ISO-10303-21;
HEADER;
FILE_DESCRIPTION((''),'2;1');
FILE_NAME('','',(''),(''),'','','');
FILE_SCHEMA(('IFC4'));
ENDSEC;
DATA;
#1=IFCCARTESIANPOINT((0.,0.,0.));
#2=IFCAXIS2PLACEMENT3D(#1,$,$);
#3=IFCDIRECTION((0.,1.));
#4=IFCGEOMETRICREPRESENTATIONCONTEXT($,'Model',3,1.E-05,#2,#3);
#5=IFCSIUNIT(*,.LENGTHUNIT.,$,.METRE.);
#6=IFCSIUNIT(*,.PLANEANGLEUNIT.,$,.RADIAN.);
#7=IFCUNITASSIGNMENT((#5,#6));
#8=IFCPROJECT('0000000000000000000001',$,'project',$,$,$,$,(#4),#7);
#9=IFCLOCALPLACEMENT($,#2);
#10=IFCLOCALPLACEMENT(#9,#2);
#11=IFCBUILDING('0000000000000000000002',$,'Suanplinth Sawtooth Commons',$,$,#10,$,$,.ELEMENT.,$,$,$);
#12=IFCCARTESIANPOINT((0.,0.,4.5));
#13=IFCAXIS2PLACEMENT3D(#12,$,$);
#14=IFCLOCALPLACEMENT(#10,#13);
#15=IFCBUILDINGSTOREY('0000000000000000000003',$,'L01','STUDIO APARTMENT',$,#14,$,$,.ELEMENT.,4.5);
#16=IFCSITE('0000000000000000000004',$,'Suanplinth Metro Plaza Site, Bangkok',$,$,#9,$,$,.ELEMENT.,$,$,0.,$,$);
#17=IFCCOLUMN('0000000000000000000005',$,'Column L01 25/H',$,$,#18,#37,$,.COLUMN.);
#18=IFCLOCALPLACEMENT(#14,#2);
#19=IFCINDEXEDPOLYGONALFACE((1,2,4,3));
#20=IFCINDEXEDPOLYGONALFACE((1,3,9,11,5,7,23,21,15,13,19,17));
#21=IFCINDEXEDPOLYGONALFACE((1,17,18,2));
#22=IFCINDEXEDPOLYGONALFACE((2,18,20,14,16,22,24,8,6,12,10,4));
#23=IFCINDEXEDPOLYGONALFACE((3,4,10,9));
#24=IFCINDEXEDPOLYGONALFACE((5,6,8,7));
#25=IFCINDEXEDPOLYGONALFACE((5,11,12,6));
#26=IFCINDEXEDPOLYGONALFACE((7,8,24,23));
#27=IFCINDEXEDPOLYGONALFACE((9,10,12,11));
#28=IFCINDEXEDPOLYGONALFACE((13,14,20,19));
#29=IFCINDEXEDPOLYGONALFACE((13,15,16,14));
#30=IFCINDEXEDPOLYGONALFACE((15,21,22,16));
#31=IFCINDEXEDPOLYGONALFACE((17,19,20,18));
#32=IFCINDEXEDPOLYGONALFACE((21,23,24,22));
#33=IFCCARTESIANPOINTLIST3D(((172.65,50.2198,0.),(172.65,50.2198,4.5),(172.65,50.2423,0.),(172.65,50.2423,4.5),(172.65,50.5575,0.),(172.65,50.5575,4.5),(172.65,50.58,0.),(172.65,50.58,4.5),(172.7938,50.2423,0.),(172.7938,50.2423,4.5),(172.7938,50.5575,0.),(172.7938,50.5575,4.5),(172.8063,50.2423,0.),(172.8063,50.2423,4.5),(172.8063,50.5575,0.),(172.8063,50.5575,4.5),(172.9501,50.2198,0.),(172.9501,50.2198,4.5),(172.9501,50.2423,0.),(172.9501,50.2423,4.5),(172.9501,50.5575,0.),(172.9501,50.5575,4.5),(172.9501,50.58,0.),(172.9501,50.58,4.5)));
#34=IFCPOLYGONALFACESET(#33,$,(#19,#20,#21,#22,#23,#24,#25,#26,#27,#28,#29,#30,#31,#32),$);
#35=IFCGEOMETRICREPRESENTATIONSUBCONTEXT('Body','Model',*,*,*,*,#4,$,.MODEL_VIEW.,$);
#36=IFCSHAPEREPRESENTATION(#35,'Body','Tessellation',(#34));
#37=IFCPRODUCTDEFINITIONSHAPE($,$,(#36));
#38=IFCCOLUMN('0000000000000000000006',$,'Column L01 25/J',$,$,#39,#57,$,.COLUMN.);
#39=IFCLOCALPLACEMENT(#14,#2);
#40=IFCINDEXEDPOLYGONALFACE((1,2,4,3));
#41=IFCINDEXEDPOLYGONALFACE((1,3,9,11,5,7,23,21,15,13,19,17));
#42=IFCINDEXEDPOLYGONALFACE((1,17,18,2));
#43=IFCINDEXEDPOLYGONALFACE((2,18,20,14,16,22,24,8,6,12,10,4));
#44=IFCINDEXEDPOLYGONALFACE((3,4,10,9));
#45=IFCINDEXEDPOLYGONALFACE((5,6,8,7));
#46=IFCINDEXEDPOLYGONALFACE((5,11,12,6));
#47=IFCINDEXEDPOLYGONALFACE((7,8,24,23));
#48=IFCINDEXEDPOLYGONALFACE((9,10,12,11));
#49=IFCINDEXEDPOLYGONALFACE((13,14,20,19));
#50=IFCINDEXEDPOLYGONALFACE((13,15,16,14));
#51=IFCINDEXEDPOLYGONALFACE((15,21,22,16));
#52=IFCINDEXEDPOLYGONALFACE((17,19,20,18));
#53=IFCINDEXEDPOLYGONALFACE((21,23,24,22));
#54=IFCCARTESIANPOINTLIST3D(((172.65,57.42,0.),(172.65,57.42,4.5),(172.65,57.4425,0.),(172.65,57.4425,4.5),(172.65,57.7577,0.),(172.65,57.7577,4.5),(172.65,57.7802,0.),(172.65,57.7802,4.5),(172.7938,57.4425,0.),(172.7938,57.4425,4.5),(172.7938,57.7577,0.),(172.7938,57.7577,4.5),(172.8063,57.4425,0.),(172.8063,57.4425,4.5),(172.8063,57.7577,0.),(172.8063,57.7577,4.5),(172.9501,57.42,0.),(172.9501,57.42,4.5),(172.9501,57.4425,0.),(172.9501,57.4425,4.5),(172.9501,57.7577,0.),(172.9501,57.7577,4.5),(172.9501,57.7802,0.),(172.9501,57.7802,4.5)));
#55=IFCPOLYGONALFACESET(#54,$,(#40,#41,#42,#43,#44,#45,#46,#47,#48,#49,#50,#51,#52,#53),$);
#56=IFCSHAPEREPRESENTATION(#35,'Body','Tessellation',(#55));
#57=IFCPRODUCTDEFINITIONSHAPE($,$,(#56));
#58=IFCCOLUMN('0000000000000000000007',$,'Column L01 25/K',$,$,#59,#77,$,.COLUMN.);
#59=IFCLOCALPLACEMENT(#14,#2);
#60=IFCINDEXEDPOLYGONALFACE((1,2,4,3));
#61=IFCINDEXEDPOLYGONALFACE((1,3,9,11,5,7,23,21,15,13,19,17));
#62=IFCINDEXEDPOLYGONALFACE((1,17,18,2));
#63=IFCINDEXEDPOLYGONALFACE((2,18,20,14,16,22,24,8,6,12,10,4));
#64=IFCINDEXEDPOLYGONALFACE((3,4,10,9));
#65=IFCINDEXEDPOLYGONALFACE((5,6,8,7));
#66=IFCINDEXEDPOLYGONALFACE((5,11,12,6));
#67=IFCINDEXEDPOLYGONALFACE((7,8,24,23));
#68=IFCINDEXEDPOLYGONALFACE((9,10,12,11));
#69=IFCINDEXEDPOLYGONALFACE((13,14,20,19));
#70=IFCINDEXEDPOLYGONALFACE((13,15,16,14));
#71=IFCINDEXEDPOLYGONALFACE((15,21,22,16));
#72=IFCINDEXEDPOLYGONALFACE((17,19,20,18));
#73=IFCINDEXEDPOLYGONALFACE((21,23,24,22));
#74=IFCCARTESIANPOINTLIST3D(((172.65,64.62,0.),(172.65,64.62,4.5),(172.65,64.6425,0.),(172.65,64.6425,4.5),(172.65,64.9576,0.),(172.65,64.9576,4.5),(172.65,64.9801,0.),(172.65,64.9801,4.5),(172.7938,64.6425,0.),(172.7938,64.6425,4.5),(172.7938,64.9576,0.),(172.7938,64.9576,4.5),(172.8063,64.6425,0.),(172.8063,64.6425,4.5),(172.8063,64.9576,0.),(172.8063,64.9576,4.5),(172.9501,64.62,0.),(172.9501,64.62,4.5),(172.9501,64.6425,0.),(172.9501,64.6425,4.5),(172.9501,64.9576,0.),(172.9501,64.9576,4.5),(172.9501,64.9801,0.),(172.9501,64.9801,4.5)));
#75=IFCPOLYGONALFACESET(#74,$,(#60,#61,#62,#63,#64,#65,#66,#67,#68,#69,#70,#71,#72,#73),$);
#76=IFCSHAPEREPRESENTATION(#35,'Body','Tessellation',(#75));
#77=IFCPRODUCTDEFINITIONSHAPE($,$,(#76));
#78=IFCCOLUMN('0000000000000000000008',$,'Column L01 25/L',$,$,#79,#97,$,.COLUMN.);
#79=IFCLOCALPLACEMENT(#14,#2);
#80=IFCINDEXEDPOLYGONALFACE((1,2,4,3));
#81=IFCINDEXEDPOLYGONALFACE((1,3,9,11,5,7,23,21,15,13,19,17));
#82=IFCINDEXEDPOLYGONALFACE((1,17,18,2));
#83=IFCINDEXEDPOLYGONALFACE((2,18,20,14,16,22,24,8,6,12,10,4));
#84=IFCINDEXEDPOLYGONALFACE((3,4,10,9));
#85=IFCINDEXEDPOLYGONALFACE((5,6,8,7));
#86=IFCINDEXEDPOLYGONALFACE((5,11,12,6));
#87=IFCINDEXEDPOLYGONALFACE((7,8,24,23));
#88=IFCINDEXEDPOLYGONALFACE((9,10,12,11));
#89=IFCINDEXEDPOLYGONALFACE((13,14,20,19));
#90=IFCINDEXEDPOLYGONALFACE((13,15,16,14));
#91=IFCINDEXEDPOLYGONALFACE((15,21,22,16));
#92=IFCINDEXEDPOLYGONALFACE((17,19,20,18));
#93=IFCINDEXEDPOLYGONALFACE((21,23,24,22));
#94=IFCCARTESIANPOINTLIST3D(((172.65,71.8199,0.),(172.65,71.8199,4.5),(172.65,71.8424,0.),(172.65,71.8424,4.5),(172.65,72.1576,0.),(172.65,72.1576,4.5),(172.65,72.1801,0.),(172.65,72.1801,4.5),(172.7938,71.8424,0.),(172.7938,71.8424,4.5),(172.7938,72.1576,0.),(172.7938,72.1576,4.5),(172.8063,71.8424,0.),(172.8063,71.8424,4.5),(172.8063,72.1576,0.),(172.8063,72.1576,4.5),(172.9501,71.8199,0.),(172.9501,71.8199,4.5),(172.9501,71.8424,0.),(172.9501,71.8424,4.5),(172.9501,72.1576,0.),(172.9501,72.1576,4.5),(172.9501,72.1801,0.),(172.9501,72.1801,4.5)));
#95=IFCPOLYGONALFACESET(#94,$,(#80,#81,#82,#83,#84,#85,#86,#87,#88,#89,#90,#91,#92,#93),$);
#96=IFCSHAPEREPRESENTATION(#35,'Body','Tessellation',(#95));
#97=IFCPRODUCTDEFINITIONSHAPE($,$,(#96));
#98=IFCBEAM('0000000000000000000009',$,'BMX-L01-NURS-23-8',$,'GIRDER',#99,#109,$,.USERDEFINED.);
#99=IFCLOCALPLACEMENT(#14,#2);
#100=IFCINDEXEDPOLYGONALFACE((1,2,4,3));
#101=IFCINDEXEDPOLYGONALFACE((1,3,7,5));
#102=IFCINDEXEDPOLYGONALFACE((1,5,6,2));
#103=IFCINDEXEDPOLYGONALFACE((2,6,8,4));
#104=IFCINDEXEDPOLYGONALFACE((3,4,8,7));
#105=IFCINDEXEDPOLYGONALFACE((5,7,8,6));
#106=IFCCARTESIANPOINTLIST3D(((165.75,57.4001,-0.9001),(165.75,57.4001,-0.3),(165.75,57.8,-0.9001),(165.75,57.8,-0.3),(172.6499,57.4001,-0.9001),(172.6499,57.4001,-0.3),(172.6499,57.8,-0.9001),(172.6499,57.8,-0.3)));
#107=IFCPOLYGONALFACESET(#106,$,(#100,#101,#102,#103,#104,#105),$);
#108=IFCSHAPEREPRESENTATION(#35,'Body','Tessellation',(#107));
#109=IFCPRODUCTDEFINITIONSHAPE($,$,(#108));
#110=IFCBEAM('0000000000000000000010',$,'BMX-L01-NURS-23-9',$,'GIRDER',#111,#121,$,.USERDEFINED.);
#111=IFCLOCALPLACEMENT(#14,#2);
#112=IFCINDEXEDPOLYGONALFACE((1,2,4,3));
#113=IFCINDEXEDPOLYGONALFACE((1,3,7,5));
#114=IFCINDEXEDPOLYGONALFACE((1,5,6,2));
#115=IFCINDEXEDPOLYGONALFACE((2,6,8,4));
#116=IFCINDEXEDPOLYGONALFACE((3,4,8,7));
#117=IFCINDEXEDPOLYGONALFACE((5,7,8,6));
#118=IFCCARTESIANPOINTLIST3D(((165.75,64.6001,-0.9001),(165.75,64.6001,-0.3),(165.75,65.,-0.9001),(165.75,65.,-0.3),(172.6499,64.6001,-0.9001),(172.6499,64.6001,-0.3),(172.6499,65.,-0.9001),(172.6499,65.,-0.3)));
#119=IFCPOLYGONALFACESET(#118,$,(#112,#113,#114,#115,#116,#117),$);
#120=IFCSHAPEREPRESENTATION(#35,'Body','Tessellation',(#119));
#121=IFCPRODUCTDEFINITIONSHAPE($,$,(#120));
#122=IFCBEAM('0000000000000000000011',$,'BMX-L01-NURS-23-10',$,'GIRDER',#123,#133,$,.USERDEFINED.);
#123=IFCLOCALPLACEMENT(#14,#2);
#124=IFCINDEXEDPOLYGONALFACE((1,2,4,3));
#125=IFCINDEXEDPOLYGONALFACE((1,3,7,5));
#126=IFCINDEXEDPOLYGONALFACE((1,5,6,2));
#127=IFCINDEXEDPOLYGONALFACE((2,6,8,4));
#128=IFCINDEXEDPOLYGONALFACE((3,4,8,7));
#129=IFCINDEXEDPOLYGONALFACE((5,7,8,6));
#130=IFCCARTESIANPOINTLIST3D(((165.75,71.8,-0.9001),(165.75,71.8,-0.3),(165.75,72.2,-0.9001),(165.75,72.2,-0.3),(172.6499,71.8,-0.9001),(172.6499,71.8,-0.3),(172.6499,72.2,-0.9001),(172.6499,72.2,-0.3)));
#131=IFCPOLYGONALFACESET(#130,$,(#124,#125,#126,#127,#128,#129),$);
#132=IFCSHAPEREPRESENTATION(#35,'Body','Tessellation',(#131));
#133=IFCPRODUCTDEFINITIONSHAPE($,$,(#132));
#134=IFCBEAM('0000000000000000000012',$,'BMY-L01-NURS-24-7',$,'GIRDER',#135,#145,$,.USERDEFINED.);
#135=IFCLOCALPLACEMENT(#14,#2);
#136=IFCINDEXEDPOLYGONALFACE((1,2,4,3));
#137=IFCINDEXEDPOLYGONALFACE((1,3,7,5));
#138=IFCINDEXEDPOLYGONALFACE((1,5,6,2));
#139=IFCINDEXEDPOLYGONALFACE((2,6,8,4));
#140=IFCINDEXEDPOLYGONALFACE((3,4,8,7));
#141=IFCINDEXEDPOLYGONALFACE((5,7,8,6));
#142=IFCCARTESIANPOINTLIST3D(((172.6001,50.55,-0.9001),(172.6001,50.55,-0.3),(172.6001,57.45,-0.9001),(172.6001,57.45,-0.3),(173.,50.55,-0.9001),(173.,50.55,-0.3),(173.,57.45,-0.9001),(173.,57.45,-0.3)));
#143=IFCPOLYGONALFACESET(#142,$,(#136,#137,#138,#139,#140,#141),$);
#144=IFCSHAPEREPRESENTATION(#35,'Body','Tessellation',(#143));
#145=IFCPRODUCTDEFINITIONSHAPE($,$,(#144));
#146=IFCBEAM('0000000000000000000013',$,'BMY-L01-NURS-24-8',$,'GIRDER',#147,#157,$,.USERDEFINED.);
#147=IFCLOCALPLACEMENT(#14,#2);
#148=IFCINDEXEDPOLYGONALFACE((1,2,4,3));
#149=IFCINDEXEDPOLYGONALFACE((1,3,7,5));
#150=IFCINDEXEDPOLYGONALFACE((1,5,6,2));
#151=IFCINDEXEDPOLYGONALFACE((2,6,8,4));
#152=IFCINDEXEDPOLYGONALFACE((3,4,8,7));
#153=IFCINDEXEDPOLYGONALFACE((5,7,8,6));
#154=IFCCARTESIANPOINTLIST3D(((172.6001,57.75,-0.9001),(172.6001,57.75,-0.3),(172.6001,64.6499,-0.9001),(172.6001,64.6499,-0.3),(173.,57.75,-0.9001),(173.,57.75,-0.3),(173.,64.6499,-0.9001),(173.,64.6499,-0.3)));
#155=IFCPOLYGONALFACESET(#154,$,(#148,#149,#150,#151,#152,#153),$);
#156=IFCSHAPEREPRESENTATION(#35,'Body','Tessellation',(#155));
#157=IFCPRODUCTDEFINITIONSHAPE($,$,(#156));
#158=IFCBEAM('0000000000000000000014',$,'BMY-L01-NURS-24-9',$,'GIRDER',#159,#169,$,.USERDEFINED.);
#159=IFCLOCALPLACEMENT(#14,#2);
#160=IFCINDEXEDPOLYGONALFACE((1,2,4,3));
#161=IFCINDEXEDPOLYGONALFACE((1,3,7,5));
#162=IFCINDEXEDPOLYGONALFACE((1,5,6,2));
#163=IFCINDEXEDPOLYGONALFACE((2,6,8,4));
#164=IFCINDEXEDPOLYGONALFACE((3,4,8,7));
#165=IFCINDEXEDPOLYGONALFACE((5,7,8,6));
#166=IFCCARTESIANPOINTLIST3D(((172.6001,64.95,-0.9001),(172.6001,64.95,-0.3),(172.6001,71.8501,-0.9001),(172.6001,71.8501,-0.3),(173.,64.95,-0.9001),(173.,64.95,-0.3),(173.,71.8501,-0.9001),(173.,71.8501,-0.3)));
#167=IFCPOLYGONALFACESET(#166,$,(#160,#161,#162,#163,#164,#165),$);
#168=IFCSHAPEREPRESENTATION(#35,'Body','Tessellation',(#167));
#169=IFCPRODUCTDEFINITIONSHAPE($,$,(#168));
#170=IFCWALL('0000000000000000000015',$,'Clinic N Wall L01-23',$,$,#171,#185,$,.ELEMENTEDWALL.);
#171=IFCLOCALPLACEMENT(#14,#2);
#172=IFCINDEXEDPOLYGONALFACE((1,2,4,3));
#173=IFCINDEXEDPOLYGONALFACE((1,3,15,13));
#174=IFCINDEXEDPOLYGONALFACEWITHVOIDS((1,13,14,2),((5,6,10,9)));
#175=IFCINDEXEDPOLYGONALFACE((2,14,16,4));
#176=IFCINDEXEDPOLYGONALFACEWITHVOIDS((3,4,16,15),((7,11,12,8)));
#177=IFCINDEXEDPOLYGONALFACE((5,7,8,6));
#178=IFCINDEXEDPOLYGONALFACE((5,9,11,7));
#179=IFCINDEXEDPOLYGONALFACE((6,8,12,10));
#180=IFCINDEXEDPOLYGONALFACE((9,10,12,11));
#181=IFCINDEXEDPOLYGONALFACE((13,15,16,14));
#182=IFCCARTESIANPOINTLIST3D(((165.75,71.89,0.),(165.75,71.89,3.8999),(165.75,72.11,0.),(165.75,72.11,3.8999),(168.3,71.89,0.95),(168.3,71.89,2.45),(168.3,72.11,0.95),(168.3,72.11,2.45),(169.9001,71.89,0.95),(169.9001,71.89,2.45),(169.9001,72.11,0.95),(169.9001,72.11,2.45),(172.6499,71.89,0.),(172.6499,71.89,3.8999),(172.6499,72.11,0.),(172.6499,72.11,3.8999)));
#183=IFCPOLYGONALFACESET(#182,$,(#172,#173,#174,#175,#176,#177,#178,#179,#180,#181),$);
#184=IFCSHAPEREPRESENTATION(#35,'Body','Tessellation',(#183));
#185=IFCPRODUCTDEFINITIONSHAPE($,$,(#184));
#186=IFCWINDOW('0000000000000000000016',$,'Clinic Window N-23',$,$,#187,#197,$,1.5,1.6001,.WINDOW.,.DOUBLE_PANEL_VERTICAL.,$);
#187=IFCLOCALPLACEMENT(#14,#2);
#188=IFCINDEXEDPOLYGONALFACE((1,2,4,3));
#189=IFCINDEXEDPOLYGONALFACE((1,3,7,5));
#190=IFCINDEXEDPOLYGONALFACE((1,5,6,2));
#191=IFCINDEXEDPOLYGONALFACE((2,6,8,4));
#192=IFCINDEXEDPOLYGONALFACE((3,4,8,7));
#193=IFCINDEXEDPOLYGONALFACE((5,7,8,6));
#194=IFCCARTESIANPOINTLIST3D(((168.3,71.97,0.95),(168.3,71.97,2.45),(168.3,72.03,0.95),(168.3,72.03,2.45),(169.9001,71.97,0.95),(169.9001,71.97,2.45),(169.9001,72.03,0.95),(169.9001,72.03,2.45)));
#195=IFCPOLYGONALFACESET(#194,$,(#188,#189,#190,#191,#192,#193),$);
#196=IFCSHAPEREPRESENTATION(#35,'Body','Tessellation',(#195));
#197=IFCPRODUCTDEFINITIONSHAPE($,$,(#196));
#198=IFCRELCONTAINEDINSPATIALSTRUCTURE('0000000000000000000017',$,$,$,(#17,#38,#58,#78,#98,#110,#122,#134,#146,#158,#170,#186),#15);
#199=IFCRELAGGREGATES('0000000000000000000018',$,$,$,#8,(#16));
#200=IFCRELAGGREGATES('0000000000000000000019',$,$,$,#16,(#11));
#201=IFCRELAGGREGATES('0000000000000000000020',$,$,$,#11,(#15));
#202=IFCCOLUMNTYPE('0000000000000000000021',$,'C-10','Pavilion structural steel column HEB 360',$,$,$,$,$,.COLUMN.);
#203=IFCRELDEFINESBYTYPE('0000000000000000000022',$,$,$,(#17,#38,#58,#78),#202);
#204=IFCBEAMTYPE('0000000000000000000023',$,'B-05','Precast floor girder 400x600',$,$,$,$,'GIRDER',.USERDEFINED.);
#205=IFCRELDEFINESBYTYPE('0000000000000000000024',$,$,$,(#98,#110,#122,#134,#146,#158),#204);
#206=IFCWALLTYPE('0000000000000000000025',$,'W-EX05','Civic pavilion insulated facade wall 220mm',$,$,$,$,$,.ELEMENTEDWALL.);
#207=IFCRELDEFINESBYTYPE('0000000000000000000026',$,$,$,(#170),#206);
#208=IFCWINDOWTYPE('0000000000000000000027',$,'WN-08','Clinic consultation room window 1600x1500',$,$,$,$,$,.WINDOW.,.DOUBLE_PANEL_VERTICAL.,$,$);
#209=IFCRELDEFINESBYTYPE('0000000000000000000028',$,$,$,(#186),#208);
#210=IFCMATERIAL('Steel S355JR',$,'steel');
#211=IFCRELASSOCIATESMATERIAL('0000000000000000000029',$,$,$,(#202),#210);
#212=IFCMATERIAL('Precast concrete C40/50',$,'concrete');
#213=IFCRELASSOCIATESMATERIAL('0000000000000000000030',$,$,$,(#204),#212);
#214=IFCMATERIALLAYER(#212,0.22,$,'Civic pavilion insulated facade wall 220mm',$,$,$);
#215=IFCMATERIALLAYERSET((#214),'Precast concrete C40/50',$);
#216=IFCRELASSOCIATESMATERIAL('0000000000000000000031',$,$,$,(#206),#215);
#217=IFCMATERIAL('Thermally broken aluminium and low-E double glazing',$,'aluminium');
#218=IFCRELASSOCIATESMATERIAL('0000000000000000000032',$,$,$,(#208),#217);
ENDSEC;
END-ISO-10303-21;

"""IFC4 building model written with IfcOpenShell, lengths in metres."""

from ifc_helpers import new_model, si_unit, direction, frame, frame_2d, origin, origin_2d, place, context, subcontext, project, spatial, rectangle, i_section, extrude, material, layer, layer_set, material_profile, profile_set, type_object, element, fill, save


model = new_model("IFC4")

# Units and contexts
model_context = context("Model", 3, precision=1e-05, world=origin(), true_north=direction((0.0, 1.0)))
body_context = subcontext(model_context, "Body", "Model", "MODEL_VIEW")
ifc_project = project(units=[si_unit("LENGTHUNIT", "METRE"), si_unit("PLANEANGLEUNIT", "RADIAN")], contexts=[model_context])

# Site, building, storey
site_placement = place(None, origin())
site = spatial("IfcSite", under=ifc_project, at=site_placement, Name="Suanplinth Metro Plaza Site, Bangkok", CompositionType="ELEMENT", RefElevation=0.0)
building_placement = place(site_placement, origin())
building = spatial("IfcBuilding", under=site, at=building_placement, Name="Suanplinth Sawtooth Commons", CompositionType="ELEMENT")
storey_placement = place(building_placement, frame((0.0, 0.0, 4.5)))
storey = spatial("IfcBuildingStorey", under=building, at=storey_placement, Name="L01", Description="STUDIO APARTMENT", CompositionType="ELEMENT", Elevation=4.5)

# Columns
ifc_material_1 = material(Name="Steel S355JR", Category="steel")
ifc_material_profile_1 = material_profile(ifc_material_1, i_section(OverallWidth=0.3, OverallDepth=0.3601, WebThickness=0.0125, FlangeThickness=0.0225, at=origin_2d()), Name="HEB 360")
ifc_profile_set_1 = profile_set([ifc_material_profile_1], Name="Steel S355JR")
column_type = type_object("IfcColumnType", Name="C-10", Description="Pavilion structural steel column HEB 360", PredefinedType="COLUMN", material=ifc_profile_set_1)
for number, where, z_axis, x_axis, name in (
    (1, (172.8, 50.3999, 0.0), (0.0, 0.0, 1.0), (1.0, 0.0, 0.0), "Column L01 25/H"),
    (2, (172.8, 57.6001, 0.0), (0.0, 0.0, 1.0), (1.0, 0.0, 0.0), "Column L01 25/J"),
    (3, (172.8, 64.8, 0.0), (0.0, 0.0, 1.0), (1.0, 0.0, 0.0), "Column L01 25/K"),
    (4, (172.8, 72.0, 0.0), (0.0, 0.0, 1.0), (1.0, 0.0, 0.0), "Column L01 25/L"),
):
    element("IfcColumn", number, at=place(storey_placement, frame(where, z_axis=z_axis, x_axis=x_axis)), inside=storey, type_object=column_type, Name=name, PredefinedType="COLUMN", context=body_context, shape_type="SweptSolid", body=[
        extrude(i_section(OverallWidth=0.3, OverallDepth=0.3601, WebThickness=0.0125, FlangeThickness=0.0225, at=origin_2d()), origin(), (0.0, 0.0, 1.0), 4.5),
    ])

# Beams
ifc_material_2 = material(Name="Precast concrete C40/50", Category="concrete")
ifc_material_profile_2 = material_profile(ifc_material_2, rectangle(XDim=0.3999, YDim=0.6001, at=origin_2d()), Name="PC-GDR 400x600")
ifc_profile_set_2 = profile_set([ifc_material_profile_2], Name="Precast concrete C40/50")
beam_type = type_object("IfcBeamType", Name="B-05", Description="Precast floor girder 400x600", ElementType="GIRDER", PredefinedType="USERDEFINED", material=ifc_profile_set_2)
for number, where, z_axis, x_axis, name in (
    (5, (165.75, 57.6001, -0.6001), (1.0, 0.0, 0.0), (0.0, 1.0, 0.0), "BMX-L01-NURS-23-8"),
    (6, (165.75, 64.8, -0.6001), (1.0, 0.0, 0.0), (0.0, 1.0, 0.0), "BMX-L01-NURS-23-9"),
    (7, (165.75, 72.0, -0.6001), (1.0, 0.0, 0.0), (0.0, 1.0, 0.0), "BMX-L01-NURS-23-10"),
    (8, (172.8, 50.55, -0.6001), (0.0, 1.0, 0.0), (-1.0, 0.0, 0.0), "BMY-L01-NURS-24-7"),
    (9, (172.8, 57.75, -0.6001), (0.0, 1.0, 0.0), (-1.0, 0.0, 0.0), "BMY-L01-NURS-24-8"),
):
    element("IfcBeam", number, at=place(storey_placement, frame(where, z_axis=z_axis, x_axis=x_axis)), inside=storey, type_object=beam_type, Name=name, ObjectType="GIRDER", PredefinedType="USERDEFINED", context=body_context, shape_type="SweptSolid", body=[
        extrude(rectangle(XDim=0.3999, YDim=0.6001, at=origin_2d()), origin(), (0.0, 0.0, 1.0), 6.8999),
    ])
beam_placement = place(storey_placement, frame((172.8, 64.95, -0.6001), z_axis=(0.0, 1.0, 0.0), x_axis=(-1.0, 0.0, 0.0)))
element("IfcBeam", 10, at=beam_placement, inside=storey, type_object=beam_type, Name="BMY-L01-NURS-24-9", ObjectType="GIRDER", PredefinedType="USERDEFINED", context=body_context, shape_type="SweptSolid", body=[
    extrude(rectangle(XDim=0.3999, YDim=0.6001, at=origin_2d()), origin(), (0.0, 0.0, 1.0), 6.9001),
])

# Wall, opening, window
ifc_layer_1 = layer(ifc_material_2, 0.22, Name="Civic pavilion insulated facade wall 220mm")
ifc_layer_set_1 = layer_set([ifc_layer_1], Name="Precast concrete C40/50")
wall_type_1 = type_object("IfcWallType", Name="W-EX05", Description="Civic pavilion insulated facade wall 220mm", PredefinedType="ELEMENTEDWALL", material=ifc_layer_set_1)
wall_1_placement = place(storey_placement, frame((165.75, 72.0, 0.0), z_axis=(0.0, 0.0, 1.0), x_axis=(1.0, 0.0, 0.0)))
wall_1 = element("IfcWall", 11, at=wall_1_placement, inside=storey, type_object=wall_type_1, Name="Clinic N Wall L01-23", PredefinedType="ELEMENTEDWALL", context=body_context, shape_type="SweptSolid", body=[
    extrude(rectangle(XDim=6.8999, YDim=0.22, at=frame_2d((3.45, 0.0))), origin(), (0.0, 0.0, 1.0), 3.8999),
])
opening_1_placement = place(wall_1_placement, frame((2.55, 0.0, 0.95)))
opening_1 = element("IfcOpeningElement", 12, at=opening_1_placement, cuts=wall_1, PredefinedType="OPENING", context=body_context, shape_type="SweptSolid", body=[
    extrude(rectangle(XDim=1.6001, YDim=1.5, at=frame_2d((0.8, 0.75))), frame((0.0, 0.125, 0.0), z_axis=(0.0, -1.0, 0.0), x_axis=(1.0, 0.0, 0.0)), (0.0, 0.0, 1.0), 0.2498),
])
ifc_material_3 = material(Name="Thermally broken aluminium and low-E double glazing", Category="aluminium")
window_type_1 = type_object("IfcWindowType", Name="WN-08", Description="Clinic consultation room window 1600x1500", PartitioningType="DOUBLE_PANEL_VERTICAL", PredefinedType="WINDOW", material=ifc_material_3)
window_1_placement = place(opening_1_placement, origin())
window_1 = element("IfcWindow", 13, at=window_1_placement, inside=storey, type_object=window_type_1, Name="Clinic Window N-23", OverallHeight=1.5, OverallWidth=1.6001, PartitioningType="DOUBLE_PANEL_VERTICAL", PredefinedType="WINDOW", context=body_context, shape_type="SweptSolid", body=[
    extrude(rectangle(XDim=1.6001, YDim=1.5, at=frame_2d((0.8, 0.75))), frame((0.0, 0.03, 0.0), z_axis=(0.0, -1.0, 0.0), x_axis=(1.0, 0.0, 0.0)), (0.0, 0.0, 1.0), 0.0601),
])
fill(opening_1, window_1)

save(model, "model.ifc")
